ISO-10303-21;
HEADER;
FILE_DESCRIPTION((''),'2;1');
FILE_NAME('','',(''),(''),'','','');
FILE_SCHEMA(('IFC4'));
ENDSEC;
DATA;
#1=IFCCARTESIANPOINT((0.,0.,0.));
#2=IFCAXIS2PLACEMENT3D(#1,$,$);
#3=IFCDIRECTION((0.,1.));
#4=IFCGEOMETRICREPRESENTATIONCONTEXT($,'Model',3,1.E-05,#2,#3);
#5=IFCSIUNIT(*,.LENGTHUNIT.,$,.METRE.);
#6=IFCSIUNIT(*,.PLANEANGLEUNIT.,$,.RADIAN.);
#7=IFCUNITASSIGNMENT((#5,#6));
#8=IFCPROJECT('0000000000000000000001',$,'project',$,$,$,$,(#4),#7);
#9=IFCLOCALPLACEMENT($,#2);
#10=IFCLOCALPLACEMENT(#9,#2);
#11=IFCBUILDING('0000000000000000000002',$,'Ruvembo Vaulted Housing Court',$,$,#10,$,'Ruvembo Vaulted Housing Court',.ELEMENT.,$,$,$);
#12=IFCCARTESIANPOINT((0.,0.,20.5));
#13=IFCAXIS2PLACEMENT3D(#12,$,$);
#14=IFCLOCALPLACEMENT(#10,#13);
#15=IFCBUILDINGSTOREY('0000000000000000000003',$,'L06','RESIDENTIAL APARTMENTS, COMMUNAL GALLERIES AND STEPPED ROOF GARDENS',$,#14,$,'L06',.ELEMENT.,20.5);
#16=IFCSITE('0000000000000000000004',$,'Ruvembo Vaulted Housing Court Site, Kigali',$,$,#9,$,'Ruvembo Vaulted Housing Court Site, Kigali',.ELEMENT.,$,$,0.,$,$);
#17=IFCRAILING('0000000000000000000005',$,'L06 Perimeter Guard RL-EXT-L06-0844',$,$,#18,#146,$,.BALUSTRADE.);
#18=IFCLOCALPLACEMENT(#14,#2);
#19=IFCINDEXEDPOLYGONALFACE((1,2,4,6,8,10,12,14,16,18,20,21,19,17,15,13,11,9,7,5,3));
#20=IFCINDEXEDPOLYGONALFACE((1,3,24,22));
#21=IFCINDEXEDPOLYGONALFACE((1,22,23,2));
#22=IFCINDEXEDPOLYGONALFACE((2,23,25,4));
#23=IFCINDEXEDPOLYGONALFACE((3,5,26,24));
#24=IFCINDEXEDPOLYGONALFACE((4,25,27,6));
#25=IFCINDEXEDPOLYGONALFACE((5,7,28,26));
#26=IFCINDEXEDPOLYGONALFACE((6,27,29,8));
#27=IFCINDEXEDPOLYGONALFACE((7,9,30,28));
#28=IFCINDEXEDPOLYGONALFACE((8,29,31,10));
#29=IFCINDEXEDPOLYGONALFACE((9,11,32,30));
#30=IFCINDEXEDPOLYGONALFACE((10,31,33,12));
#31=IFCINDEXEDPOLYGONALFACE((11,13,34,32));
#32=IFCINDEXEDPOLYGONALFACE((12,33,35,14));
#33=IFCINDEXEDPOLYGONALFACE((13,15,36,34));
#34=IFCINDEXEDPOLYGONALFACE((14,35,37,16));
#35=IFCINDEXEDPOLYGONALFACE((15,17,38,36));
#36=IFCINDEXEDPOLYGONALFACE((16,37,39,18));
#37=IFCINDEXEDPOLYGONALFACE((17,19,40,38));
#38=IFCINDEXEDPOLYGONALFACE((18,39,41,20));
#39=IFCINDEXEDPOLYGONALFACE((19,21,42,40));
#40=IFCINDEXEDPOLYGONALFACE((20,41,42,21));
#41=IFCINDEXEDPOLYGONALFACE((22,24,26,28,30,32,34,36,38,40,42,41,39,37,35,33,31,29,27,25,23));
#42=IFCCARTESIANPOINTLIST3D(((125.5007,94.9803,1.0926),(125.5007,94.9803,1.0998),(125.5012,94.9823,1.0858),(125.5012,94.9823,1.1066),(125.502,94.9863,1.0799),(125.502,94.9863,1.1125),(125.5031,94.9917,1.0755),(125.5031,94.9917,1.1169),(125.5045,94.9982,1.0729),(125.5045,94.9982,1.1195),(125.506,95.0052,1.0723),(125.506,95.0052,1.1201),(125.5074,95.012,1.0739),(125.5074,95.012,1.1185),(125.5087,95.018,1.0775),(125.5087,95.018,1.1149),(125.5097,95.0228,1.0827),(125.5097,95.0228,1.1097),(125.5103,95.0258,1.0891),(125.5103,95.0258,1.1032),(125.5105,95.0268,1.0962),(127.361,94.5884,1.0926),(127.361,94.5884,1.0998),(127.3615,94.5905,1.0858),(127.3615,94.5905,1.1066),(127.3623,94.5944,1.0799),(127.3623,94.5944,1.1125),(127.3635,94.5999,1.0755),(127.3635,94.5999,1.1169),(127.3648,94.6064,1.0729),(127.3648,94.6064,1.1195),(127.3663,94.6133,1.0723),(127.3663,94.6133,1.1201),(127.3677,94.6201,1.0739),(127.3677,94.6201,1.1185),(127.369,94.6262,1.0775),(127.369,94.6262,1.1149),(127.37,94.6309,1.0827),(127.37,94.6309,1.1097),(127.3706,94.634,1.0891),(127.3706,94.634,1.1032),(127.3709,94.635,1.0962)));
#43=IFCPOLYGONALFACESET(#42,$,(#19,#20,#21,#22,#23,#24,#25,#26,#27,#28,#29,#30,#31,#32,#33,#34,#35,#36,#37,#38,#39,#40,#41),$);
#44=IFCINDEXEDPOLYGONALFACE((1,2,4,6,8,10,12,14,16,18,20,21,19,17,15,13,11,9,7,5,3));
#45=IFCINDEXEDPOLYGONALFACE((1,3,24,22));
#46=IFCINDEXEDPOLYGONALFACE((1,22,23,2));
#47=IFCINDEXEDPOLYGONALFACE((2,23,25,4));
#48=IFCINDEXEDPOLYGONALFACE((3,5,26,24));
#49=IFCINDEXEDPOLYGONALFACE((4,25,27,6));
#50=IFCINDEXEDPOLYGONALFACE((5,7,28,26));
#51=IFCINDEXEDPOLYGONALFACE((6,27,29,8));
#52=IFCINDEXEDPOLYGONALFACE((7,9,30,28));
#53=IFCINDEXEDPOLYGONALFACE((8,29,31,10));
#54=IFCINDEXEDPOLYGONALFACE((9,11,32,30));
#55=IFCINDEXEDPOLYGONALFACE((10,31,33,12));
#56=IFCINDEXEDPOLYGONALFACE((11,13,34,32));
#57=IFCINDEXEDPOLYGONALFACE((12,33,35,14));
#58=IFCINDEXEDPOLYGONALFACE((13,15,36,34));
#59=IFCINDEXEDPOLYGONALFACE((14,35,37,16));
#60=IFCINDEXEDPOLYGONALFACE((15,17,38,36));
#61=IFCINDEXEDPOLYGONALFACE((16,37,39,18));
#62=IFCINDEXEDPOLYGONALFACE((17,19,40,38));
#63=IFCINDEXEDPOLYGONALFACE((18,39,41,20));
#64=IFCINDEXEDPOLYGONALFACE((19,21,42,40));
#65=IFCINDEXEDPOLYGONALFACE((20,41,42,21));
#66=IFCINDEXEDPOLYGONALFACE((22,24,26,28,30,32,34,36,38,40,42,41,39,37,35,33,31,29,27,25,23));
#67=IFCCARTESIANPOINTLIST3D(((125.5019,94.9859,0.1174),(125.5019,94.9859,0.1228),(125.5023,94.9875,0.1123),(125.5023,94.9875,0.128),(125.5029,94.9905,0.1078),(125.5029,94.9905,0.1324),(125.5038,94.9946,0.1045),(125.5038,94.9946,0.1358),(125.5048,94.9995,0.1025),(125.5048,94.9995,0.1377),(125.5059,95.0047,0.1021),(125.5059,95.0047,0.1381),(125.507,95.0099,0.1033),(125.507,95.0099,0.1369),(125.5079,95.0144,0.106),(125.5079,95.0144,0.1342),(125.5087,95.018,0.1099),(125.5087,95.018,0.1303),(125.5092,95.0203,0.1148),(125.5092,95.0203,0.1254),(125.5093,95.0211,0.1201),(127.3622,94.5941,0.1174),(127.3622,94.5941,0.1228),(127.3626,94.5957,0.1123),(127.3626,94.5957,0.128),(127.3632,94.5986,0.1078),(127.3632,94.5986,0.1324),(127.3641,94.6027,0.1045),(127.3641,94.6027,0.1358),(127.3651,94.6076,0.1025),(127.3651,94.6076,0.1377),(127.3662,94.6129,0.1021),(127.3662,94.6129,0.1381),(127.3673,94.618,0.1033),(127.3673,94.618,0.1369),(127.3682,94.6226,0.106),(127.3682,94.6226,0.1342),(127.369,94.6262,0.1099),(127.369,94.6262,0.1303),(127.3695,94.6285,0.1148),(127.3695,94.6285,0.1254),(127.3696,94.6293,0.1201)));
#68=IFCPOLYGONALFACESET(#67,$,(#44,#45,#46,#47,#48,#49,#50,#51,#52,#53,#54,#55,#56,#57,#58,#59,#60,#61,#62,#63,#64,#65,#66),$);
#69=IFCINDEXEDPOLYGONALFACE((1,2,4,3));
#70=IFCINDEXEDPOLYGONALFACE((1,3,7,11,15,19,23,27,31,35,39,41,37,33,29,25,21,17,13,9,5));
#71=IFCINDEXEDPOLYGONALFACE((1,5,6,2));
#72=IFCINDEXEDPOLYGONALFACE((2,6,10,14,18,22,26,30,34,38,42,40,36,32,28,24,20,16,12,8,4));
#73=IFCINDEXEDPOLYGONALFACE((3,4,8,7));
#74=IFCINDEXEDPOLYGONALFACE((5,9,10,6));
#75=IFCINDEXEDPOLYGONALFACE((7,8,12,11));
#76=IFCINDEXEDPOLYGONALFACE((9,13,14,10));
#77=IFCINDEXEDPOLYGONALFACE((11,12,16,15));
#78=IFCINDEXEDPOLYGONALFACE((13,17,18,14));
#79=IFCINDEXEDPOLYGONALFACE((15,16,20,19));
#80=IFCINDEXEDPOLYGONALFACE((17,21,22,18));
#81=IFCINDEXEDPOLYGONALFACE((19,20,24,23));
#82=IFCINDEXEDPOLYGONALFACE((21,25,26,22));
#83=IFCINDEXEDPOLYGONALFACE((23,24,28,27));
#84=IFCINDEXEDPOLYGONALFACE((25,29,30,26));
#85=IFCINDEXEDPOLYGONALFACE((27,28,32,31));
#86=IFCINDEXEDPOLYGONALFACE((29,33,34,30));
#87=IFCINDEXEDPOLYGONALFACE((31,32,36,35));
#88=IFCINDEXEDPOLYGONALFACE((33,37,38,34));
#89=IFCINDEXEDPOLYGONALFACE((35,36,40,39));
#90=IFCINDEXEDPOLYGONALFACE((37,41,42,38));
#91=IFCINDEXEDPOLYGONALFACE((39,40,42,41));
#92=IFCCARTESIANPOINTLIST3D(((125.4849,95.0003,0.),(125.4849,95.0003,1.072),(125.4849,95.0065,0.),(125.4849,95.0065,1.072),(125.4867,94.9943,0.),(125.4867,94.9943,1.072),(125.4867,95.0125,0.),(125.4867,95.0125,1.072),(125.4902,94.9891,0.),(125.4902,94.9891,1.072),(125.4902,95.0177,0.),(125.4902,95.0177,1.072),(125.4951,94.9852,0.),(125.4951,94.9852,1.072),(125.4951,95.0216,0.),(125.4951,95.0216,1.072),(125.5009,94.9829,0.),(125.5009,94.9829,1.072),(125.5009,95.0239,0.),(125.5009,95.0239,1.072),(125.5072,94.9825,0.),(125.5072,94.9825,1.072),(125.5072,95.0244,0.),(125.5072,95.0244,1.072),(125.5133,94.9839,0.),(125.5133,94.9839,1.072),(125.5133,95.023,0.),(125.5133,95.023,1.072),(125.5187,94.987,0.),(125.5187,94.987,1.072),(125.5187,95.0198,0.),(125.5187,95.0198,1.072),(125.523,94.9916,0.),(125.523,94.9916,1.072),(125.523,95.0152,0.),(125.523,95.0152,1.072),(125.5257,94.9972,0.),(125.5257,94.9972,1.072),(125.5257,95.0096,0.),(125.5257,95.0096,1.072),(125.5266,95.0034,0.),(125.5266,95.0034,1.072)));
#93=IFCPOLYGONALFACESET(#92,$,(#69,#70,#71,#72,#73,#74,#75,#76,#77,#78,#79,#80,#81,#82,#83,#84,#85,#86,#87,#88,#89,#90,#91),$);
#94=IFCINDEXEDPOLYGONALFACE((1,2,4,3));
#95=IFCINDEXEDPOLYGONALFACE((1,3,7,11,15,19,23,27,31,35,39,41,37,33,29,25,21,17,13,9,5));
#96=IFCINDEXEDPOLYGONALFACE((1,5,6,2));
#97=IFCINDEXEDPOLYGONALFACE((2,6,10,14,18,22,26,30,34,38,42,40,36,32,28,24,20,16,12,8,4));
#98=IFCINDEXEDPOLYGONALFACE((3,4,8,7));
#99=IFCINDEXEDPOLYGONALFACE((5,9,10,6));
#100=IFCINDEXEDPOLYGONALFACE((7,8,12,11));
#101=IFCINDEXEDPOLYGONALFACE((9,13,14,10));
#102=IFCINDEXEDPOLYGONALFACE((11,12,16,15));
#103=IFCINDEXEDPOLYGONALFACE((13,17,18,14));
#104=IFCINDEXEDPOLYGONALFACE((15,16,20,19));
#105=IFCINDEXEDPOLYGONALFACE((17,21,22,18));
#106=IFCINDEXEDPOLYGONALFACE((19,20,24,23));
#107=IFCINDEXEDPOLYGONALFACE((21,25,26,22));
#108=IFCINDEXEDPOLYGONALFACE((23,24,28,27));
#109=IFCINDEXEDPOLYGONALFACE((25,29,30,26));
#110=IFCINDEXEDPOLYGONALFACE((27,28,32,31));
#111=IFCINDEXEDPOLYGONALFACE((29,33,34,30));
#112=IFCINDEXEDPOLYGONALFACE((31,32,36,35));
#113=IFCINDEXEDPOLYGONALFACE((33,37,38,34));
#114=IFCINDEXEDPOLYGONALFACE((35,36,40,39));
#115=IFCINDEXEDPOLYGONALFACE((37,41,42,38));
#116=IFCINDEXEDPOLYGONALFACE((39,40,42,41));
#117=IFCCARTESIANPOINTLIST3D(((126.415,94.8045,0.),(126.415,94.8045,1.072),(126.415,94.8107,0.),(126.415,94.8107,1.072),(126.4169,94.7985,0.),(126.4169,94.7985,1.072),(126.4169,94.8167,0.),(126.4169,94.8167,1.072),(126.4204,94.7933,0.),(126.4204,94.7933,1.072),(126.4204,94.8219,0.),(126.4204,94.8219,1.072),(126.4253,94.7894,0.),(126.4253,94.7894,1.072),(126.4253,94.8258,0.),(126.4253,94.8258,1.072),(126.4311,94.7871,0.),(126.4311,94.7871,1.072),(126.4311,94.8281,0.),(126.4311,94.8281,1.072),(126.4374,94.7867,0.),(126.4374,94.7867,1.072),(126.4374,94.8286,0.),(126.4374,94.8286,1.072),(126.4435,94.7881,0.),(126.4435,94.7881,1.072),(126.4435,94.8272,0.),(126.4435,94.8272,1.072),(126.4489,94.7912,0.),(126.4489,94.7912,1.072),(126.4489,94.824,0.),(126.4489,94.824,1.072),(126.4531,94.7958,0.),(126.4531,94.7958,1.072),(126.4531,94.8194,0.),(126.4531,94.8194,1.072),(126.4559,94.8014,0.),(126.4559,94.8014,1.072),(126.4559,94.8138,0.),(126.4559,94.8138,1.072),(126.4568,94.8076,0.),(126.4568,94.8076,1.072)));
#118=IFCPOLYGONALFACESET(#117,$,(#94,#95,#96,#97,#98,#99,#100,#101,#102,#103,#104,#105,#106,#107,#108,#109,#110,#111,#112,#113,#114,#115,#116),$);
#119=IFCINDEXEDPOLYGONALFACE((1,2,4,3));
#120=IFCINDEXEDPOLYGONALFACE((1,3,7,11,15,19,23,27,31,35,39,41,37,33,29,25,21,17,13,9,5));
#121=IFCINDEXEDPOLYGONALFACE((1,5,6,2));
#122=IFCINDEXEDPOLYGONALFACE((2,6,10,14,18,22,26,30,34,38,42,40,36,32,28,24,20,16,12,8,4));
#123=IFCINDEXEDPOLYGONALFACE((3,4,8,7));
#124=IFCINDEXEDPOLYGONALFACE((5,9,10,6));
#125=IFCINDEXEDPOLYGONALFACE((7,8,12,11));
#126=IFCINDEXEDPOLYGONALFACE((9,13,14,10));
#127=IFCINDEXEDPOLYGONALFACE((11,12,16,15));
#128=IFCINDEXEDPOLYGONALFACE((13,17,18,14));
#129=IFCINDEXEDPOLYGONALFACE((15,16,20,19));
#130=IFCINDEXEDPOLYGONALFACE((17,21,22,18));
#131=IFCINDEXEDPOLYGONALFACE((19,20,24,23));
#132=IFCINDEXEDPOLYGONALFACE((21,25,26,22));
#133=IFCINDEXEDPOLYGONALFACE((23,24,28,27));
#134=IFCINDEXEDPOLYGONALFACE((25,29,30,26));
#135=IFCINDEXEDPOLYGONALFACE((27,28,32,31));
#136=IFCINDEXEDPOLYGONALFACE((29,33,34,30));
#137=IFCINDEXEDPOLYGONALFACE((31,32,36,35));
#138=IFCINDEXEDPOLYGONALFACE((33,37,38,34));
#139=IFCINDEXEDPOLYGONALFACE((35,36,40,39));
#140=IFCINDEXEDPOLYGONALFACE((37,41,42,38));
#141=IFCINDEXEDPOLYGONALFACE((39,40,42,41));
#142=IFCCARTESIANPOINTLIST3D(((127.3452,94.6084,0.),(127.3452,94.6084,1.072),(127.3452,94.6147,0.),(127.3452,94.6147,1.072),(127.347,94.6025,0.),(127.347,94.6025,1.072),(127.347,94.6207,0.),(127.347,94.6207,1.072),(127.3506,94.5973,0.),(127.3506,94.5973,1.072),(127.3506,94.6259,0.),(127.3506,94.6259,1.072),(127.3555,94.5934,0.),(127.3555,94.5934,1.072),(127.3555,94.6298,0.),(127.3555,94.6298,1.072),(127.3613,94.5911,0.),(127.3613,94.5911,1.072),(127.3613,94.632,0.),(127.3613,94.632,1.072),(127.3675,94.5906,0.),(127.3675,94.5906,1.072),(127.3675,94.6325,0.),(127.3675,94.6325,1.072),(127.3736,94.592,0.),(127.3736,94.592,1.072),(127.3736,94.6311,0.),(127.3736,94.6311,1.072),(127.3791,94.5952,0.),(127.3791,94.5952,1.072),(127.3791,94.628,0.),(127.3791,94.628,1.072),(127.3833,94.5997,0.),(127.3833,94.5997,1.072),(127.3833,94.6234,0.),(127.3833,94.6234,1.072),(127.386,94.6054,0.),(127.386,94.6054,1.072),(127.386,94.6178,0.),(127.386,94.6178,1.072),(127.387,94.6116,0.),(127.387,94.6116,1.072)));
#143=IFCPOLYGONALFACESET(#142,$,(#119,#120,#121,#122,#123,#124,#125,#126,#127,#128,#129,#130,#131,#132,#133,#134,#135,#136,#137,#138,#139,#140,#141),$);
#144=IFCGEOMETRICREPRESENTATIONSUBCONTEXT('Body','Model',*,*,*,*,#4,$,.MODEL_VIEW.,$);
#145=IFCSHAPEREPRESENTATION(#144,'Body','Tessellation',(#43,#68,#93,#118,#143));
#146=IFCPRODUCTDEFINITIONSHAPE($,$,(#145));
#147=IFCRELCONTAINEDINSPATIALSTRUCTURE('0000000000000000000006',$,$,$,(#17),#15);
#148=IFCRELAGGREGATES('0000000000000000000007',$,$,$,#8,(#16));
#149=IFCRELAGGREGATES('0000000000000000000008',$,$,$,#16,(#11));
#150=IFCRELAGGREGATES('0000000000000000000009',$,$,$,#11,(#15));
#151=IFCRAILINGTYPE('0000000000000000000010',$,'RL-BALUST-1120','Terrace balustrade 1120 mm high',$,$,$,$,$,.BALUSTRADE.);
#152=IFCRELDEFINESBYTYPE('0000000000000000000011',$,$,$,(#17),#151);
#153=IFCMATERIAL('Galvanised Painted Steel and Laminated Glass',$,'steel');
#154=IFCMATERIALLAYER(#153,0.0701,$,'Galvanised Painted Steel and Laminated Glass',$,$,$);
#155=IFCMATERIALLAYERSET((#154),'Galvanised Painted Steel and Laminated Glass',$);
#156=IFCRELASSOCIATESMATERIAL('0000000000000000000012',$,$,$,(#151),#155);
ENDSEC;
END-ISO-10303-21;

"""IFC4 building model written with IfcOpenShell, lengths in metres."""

from ifc_helpers import new_model, si_unit, direction, frame, origin, origin_2d, place, context, subcontext, project, spatial, circle, extrude, material, layer, layer_set, type_object, element, save


model = new_model("IFC4")

# Units and contexts
model_context = context("Model", 3, precision=1e-05, world=origin(), true_north=direction((0.0, 1.0)))
body_context = subcontext(model_context, "Body", "Model", "MODEL_VIEW")
ifc_project = project(units=[si_unit("LENGTHUNIT", "METRE"), si_unit("PLANEANGLEUNIT", "RADIAN")], contexts=[model_context])

# Site, building, storey
site_placement = place(None, origin())
site = spatial("IfcSite", under=ifc_project, at=site_placement, Name="Ruvembo Vaulted Housing Court Site, Kigali", LongName="Ruvembo Vaulted Housing Court Site, Kigali", CompositionType="ELEMENT", RefElevation=0.0)
building_placement = place(site_placement, origin())
building = spatial("IfcBuilding", under=site, at=building_placement, Name="Ruvembo Vaulted Housing Court", LongName="Ruvembo Vaulted Housing Court", CompositionType="ELEMENT")
storey_placement = place(building_placement, frame((0.0, 0.0, 20.5)))
storey = spatial("IfcBuildingStorey", under=building, at=storey_placement, Name="L06", Description="RESIDENTIAL APARTMENTS, COMMUNAL GALLERIES AND STEPPED ROOF GARDENS", LongName="L06", CompositionType="ELEMENT", Elevation=20.5)

# Railing
ifc_material_1 = material(Name="Galvanised Painted Steel and Laminated Glass", Category="steel")
ifc_layer = layer(ifc_material_1, 0.0701, Name="Galvanised Painted Steel and Laminated Glass")
ifc_layer_set = layer_set([ifc_layer], Name="Galvanised Painted Steel and Laminated Glass")
railing_type = type_object("IfcRailingType", Name="RL-BALUST-1120", Description="Terrace balustrade 1120 mm high", PredefinedType="BALUSTRADE", material=ifc_layer_set)
railing_1_placement = place(storey_placement, frame((125.5056, 95.0034, 0.0)))
element("IfcRailing", 1, at=railing_1_placement, inside=storey, type_object=railing_type, Name="L06 Perimeter Guard RL-EXT-L06-0844", PredefinedType="BALUSTRADE", context=body_context, shape_type="SweptSolid", body=[
    extrude(circle(Radius=0.0239, at=origin_2d()), frame((0.0, 0.0, 1.0962), z_axis=(0.978529, -0.206108, 0.0), x_axis=(0.206108, 0.978529, 0.0)), (0.0, 0.0, 1.0), 1.9011),
    extrude(circle(Radius=0.0181, at=origin_2d()), frame((0.0, 0.0, 0.1201), z_axis=(0.978529, -0.206108, 0.0), x_axis=(0.206108, 0.978529, 0.0)), (0.0, 0.0, 1.0), 1.9011),
    extrude(circle(Radius=0.021, at=origin_2d()), origin(), (0.0, 0.0, 1.0), 1.072),
    extrude(circle(Radius=0.021, at=origin_2d()), frame((0.9302, -0.1958, 0.0)), (0.0, 0.0, 1.0), 1.072),
    extrude(circle(Radius=0.021, at=origin_2d()), frame((1.8604, -0.3918, 0.0)), (0.0, 0.0, 1.0), 1.072),
])

save(model, "model.ifc")
